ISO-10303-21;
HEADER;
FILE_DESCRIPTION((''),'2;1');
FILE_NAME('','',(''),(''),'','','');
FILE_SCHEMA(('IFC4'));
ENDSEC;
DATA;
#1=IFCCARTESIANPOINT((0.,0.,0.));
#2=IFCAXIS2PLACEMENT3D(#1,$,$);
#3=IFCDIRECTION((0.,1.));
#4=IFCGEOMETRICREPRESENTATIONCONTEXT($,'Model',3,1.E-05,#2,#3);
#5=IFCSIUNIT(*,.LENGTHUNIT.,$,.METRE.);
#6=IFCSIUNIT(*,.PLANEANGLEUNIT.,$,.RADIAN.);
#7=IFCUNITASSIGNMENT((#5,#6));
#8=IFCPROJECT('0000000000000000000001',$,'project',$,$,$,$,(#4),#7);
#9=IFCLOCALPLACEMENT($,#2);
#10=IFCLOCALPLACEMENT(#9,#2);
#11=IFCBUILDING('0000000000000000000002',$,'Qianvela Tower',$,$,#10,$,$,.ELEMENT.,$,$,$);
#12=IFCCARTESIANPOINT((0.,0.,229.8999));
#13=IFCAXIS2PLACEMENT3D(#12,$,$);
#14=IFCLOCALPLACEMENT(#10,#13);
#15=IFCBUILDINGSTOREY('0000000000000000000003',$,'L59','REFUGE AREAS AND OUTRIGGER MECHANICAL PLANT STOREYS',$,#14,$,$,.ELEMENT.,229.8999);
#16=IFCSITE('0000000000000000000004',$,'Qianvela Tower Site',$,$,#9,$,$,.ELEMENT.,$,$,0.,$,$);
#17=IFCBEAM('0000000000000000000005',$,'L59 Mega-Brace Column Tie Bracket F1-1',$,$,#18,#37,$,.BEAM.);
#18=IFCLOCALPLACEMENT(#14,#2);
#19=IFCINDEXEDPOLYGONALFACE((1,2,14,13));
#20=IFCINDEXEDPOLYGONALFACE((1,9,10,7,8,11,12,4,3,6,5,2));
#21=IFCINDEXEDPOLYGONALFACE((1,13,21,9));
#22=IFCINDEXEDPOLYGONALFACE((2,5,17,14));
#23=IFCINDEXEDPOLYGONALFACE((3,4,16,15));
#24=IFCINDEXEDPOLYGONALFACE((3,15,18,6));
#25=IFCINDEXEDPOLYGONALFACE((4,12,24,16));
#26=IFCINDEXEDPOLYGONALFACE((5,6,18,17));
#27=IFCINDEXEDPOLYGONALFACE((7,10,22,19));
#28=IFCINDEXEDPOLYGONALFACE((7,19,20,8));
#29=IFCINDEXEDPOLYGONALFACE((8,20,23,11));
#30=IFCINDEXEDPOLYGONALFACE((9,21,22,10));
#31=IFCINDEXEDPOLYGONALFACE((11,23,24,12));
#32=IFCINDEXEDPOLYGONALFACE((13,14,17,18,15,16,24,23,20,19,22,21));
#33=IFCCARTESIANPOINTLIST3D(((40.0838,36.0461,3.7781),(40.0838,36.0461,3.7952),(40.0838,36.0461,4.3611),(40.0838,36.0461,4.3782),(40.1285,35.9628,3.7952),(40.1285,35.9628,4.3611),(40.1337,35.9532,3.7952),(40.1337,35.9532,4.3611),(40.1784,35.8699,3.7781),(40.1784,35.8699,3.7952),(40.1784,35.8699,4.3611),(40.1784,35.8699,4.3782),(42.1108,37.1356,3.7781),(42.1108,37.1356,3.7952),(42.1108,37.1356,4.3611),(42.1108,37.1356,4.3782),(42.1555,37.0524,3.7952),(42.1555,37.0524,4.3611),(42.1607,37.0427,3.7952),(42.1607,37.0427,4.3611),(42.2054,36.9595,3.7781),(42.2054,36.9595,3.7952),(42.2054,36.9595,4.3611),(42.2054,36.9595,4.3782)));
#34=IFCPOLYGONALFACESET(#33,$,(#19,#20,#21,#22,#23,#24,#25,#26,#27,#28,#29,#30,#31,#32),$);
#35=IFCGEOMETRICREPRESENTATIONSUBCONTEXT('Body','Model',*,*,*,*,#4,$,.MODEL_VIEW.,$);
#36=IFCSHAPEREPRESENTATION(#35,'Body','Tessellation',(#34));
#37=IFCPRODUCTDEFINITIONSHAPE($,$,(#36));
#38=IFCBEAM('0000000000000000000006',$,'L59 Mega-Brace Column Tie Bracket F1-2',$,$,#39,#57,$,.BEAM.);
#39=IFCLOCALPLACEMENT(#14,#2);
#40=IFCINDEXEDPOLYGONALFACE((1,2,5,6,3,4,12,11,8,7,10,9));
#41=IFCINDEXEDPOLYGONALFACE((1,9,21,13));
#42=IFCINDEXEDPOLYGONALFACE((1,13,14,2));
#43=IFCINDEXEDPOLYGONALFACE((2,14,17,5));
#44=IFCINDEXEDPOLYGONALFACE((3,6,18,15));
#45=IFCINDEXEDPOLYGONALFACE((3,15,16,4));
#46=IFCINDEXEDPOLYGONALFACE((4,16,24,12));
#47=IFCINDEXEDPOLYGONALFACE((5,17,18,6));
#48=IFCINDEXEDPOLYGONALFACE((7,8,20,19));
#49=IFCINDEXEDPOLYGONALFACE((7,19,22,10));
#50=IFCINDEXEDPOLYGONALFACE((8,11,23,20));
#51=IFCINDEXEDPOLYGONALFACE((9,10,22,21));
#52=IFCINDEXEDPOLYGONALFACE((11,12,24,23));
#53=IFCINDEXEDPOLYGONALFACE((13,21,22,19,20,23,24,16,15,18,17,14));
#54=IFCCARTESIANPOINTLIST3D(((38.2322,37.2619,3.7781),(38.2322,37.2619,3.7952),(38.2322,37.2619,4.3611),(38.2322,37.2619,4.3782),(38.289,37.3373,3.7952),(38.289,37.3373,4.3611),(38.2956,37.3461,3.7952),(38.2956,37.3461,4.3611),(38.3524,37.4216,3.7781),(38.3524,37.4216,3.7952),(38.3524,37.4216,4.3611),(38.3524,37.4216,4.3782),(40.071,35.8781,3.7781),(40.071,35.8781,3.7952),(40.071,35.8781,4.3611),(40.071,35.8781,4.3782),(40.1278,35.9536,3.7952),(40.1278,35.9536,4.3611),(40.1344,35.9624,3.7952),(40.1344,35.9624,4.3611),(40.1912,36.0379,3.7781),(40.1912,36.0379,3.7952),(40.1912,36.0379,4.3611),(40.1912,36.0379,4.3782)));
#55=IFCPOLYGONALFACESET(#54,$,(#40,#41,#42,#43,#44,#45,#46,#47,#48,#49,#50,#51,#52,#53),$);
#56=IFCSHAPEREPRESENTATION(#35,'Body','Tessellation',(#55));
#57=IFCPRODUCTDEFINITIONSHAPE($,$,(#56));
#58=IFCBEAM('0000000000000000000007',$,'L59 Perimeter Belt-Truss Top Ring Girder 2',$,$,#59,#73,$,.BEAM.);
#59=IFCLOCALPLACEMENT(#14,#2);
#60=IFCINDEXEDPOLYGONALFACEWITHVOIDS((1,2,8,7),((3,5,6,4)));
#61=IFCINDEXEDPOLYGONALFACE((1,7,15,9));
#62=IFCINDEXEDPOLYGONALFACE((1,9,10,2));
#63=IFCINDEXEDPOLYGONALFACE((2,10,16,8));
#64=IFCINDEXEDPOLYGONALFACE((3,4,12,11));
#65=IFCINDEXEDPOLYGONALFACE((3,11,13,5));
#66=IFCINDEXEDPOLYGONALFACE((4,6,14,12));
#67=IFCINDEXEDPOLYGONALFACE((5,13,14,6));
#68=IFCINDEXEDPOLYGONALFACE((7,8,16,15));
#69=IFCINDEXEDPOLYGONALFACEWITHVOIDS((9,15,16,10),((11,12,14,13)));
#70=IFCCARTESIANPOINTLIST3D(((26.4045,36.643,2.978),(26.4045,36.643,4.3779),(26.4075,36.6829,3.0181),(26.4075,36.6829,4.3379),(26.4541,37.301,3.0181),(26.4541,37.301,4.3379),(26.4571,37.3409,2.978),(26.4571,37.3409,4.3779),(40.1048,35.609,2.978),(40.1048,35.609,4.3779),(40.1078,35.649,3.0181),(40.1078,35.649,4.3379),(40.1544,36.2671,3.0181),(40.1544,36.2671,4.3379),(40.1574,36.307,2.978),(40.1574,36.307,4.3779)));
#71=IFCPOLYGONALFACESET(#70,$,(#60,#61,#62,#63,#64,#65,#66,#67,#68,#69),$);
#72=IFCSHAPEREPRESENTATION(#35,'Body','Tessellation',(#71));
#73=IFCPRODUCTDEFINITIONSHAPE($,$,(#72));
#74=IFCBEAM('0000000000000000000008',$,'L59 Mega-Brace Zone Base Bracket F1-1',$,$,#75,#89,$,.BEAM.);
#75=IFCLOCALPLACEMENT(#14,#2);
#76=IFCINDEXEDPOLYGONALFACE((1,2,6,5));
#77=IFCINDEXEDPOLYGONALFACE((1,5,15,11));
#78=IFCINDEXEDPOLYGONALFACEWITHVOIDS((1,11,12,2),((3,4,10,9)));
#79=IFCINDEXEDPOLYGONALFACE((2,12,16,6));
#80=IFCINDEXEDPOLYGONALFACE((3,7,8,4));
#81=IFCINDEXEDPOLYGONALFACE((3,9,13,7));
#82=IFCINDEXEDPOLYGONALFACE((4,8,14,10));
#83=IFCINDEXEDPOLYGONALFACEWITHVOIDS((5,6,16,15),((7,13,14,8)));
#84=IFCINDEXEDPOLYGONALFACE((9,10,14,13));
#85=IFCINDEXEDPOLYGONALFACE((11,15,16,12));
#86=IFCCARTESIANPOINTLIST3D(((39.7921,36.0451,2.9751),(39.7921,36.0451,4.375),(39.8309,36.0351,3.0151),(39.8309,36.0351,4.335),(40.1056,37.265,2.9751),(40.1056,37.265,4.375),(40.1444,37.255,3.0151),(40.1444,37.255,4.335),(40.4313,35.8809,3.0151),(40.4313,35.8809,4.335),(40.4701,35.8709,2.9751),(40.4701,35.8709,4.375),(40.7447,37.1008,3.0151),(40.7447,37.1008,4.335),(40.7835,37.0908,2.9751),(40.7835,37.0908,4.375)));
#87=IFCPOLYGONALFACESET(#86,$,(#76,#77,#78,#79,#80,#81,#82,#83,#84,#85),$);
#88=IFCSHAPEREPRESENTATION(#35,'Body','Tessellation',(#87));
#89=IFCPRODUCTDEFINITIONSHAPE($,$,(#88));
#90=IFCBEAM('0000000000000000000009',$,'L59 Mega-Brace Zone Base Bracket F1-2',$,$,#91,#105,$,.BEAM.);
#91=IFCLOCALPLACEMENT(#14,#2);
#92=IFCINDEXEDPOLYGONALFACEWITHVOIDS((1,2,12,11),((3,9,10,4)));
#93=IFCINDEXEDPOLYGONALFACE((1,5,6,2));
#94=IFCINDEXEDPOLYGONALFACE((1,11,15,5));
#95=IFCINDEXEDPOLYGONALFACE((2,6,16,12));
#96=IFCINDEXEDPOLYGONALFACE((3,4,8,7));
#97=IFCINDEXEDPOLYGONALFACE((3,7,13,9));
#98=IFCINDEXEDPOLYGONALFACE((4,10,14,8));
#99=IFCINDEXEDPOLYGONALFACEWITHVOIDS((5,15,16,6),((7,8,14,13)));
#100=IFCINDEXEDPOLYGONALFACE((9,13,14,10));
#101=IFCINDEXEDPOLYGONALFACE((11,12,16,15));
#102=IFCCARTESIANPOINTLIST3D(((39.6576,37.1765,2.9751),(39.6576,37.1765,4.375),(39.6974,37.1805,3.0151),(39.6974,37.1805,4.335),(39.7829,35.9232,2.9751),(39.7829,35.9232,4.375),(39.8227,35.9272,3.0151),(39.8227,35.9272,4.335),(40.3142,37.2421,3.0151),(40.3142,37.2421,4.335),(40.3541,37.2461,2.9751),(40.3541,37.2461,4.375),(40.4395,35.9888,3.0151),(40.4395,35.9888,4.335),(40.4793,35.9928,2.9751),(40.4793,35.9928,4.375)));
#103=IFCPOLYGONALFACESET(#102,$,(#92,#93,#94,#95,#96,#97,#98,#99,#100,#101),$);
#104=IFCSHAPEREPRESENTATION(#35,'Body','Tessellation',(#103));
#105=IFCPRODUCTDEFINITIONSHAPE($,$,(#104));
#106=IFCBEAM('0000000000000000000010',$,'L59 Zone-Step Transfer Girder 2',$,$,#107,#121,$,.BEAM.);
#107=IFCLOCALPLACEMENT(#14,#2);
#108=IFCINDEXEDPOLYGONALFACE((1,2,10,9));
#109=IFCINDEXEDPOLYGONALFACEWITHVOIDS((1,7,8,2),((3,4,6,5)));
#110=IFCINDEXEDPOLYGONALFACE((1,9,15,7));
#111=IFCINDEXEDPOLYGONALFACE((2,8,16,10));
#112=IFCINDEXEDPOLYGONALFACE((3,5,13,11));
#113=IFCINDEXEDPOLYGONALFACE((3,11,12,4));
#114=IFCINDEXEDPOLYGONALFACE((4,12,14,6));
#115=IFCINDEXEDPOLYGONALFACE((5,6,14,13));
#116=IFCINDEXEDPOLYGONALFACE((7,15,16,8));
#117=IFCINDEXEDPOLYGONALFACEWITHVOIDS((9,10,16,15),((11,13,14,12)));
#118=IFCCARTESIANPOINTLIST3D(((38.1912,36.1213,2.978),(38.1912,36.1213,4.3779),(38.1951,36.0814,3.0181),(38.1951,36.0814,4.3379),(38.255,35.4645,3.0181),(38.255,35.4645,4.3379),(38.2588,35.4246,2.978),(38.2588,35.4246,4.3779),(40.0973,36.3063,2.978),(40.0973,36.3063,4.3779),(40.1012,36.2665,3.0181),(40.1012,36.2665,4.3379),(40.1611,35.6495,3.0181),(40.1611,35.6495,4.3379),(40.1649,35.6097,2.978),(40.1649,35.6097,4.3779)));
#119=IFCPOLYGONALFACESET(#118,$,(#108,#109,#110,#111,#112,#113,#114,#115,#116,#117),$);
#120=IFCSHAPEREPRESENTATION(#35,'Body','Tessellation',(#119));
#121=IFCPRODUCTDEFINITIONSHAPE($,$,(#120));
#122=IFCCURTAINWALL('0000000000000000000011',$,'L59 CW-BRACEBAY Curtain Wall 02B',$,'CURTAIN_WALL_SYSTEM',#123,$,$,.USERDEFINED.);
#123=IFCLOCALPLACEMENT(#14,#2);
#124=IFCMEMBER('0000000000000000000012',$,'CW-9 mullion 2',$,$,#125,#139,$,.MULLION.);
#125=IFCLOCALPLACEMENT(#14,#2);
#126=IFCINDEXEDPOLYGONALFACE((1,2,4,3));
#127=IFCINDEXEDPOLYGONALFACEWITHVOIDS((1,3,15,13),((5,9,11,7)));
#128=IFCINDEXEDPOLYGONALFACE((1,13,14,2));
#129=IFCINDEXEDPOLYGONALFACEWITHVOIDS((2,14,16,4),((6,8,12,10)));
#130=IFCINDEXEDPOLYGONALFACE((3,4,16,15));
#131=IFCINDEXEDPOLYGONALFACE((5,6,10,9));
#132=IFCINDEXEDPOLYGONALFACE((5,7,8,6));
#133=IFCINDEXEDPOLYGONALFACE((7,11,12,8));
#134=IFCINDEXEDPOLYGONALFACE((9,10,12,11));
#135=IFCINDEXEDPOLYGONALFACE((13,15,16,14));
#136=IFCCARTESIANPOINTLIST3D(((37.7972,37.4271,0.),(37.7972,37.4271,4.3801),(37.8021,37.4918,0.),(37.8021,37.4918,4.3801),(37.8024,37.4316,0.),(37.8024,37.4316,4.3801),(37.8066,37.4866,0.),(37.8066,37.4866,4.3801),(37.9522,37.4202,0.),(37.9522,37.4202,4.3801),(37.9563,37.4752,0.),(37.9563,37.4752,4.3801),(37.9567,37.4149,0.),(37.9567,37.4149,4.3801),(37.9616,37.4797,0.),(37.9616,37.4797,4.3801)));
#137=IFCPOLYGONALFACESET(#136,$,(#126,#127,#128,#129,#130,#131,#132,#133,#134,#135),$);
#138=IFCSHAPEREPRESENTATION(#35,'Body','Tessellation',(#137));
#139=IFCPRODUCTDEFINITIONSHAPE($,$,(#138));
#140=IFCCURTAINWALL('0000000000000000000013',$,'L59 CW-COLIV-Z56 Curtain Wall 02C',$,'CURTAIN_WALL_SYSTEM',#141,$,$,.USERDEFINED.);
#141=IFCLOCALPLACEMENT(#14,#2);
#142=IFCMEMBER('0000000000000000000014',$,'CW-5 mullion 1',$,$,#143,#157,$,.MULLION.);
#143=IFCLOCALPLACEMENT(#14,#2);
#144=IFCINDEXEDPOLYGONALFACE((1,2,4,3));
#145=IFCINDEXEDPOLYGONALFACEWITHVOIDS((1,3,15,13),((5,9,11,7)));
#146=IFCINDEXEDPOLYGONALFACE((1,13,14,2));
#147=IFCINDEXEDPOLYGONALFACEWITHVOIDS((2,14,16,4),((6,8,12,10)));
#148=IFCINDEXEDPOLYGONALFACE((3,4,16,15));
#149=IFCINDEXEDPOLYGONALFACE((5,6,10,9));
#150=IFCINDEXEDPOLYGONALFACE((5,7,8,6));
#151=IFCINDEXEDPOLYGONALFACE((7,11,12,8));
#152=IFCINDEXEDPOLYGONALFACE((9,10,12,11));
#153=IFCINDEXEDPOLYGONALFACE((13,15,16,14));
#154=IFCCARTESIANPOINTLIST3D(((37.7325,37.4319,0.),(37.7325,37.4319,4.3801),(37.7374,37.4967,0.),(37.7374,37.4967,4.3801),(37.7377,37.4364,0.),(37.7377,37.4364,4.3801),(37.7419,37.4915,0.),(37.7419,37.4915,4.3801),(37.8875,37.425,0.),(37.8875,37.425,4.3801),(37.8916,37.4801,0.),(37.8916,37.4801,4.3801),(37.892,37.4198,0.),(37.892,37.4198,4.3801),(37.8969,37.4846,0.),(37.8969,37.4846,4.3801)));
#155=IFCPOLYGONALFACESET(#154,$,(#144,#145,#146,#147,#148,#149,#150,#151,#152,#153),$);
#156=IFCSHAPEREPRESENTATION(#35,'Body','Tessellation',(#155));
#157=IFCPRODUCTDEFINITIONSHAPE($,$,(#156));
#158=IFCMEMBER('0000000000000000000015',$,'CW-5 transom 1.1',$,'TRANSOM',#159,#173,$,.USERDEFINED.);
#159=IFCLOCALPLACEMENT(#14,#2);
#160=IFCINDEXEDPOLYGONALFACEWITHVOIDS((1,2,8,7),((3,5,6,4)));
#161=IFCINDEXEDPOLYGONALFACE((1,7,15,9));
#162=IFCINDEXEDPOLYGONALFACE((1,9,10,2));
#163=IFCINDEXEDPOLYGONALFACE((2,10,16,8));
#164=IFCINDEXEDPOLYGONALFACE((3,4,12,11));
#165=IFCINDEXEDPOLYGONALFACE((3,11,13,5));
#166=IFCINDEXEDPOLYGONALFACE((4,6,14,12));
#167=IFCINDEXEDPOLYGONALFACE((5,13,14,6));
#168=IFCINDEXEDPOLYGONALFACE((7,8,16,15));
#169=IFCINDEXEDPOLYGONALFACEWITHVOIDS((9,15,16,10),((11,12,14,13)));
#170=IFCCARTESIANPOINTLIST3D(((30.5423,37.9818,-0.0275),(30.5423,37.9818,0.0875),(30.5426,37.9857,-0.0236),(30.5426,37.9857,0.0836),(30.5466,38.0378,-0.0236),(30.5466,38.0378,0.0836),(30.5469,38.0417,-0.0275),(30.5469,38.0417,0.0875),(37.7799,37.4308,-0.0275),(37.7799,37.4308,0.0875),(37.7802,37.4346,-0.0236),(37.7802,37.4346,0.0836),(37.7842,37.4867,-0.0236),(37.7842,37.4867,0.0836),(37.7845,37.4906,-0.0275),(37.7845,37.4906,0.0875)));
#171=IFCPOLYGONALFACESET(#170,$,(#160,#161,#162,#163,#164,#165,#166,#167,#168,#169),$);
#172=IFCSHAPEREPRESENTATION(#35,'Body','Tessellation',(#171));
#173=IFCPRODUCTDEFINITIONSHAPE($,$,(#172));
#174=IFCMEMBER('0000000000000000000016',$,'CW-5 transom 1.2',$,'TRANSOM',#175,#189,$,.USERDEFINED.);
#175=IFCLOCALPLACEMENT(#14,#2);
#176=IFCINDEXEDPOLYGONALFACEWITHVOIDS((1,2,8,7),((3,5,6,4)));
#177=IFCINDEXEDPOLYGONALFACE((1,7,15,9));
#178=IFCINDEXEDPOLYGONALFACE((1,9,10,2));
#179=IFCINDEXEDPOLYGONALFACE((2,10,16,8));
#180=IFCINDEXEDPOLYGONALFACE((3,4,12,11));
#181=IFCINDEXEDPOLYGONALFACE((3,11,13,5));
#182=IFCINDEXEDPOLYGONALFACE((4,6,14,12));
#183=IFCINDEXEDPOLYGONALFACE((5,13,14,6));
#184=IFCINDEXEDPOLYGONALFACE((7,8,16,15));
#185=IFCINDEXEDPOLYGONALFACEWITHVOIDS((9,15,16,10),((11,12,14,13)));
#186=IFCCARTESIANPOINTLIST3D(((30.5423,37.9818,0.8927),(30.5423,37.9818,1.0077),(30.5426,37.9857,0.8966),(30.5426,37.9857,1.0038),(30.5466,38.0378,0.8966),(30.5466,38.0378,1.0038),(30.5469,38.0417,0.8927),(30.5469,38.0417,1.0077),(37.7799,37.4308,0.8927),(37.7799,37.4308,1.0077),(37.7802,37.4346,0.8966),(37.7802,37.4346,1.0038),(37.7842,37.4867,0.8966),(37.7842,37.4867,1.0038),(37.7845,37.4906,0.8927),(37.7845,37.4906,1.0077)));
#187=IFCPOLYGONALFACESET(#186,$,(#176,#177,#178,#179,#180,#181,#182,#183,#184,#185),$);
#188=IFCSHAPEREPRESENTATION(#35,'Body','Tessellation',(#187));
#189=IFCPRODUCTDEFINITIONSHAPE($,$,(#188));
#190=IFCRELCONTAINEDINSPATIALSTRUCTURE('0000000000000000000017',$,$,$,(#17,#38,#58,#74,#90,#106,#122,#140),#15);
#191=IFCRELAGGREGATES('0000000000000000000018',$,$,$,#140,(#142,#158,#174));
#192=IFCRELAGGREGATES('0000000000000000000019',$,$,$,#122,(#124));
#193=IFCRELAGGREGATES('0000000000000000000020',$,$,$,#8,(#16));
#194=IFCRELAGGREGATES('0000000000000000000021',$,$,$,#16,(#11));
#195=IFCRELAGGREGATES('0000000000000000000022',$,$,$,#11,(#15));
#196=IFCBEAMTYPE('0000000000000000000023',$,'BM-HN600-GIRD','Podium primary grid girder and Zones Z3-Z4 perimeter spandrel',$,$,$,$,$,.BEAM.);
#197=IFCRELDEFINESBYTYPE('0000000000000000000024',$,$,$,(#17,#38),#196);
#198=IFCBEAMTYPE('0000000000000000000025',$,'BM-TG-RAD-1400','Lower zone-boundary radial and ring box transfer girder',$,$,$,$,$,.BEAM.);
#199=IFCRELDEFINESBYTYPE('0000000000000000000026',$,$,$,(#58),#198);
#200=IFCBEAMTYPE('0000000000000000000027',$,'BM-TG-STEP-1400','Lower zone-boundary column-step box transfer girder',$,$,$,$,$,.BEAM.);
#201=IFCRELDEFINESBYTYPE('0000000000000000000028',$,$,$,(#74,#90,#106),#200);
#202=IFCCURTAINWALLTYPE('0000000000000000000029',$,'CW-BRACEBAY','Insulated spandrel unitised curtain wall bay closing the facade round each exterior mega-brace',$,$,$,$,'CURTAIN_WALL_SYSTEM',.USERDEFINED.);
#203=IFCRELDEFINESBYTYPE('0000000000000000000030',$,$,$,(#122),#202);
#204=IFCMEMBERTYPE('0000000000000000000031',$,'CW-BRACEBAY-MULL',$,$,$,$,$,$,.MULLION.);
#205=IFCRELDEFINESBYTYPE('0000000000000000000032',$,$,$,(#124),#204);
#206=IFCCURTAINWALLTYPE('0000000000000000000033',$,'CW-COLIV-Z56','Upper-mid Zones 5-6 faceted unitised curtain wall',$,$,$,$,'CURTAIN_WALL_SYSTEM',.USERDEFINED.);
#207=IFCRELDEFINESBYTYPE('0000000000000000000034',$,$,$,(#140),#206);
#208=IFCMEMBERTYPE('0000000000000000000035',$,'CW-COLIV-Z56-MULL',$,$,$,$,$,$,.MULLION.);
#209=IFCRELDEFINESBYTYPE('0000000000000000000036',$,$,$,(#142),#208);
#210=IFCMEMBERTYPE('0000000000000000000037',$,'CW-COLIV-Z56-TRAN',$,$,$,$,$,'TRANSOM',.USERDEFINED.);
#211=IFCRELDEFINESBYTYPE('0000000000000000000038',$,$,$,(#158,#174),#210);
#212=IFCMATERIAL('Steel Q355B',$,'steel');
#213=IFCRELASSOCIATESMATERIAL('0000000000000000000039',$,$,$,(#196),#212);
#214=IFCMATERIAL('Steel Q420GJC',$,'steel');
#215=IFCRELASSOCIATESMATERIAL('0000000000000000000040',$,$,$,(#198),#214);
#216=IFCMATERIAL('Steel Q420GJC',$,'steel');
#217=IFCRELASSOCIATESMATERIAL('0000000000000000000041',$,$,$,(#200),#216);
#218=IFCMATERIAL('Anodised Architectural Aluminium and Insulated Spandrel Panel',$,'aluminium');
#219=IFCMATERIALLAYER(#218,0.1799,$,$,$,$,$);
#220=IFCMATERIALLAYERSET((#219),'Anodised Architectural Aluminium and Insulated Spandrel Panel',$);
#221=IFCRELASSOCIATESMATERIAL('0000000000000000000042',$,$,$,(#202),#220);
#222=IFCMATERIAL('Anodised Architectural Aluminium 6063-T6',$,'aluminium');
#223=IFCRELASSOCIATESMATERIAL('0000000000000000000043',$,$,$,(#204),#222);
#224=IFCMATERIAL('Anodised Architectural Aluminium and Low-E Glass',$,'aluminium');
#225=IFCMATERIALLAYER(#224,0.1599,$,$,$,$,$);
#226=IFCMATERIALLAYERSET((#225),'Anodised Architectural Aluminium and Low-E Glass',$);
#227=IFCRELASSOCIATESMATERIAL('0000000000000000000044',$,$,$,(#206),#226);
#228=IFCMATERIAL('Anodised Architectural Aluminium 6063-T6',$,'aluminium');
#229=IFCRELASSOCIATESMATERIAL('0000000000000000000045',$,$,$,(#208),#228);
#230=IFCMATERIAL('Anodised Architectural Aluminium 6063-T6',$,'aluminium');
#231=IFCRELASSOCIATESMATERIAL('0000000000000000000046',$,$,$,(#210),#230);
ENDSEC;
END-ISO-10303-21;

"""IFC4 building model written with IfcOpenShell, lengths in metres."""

from ifc_helpers import new_model, si_unit, direction, frame, origin, origin_2d, place, context, subcontext, project, spatial, hollow_rectangle, i_section, extrude, material, layer, layer_set, material_profile, profile_set, type_object, element, aggregate, save


model = new_model("IFC4")

# Units and contexts
model_context = context("Model", 3, precision=1e-05, world=origin(), true_north=direction((0.0, 1.0)))
body_context = subcontext(model_context, "Body", "Model", "MODEL_VIEW")
ifc_project = project(units=[si_unit("LENGTHUNIT", "METRE"), si_unit("PLANEANGLEUNIT", "RADIAN")], contexts=[model_context])

# Site, building, storey
site_placement = place(None, origin())
site = spatial("IfcSite", under=ifc_project, at=site_placement, Name="Qianvela Tower Site", CompositionType="ELEMENT", RefElevation=0.0)
building_placement = place(site_placement, origin())
building = spatial("IfcBuilding", under=site, at=building_placement, Name="Qianvela Tower", CompositionType="ELEMENT")
storey_placement = place(building_placement, frame((0.0, 0.0, 229.8999)))
storey = spatial("IfcBuildingStorey", under=building, at=storey_placement, Name="L59", Description="REFUGE AREAS AND OUTRIGGER MECHANICAL PLANT STOREYS", CompositionType="ELEMENT", Elevation=229.8999)

# Beams
ifc_material_1 = material(Name="Steel Q355B", Category="steel")
ifc_material_profile_1 = material_profile(ifc_material_1, i_section(OverallWidth=0.2, OverallDepth=0.6001, WebThickness=0.011, FlangeThickness=0.0171, at=origin_2d()), Name="HN600x200x11x17")
ifc_profile_set_1 = profile_set([ifc_material_profile_1], Name="Steel Q355B")
beam_type_1 = type_object("IfcBeamType", Name="BM-HN600-GIRD", Description="Podium primary grid girder and Zones Z3-Z4 perimeter spandrel", PredefinedType="BEAM", material=ifc_profile_set_1)
for number, where, z_axis, x_axis, name in (
    (1, (40.1311, 35.958, 4.0781), (0.880818, 0.473454, 0.0), (-0.473454, 0.880818, 0.0), "L59 Mega-Brace Column Tie Bracket F1-1"),
    (2, (40.1311, 35.958, 4.0781), (-0.799031, 0.601289, 0.0), (-0.601289, -0.799031, 0.0), "L59 Mega-Brace Column Tie Bracket F1-2"),
):
    element("IfcBeam", number, at=place(storey_placement, frame(where, z_axis=z_axis, x_axis=x_axis)), inside=storey, type_object=beam_type_1, Name=name, PredefinedType="BEAM", context=body_context, shape_type="SweptSolid", body=[
        extrude(i_section(OverallWidth=0.2, OverallDepth=0.6001, WebThickness=0.011, FlangeThickness=0.0171, at=origin_2d()), origin(), (0.0, 0.0, 1.0), 2.3013),
    ])
ifc_material_2 = material(Name="Steel Q420GJC", Category="steel")
ifc_material_profile_2 = material_profile(ifc_material_2, hollow_rectangle(XDim=0.7, YDim=1.3999, WallThickness=0.04, at=origin_2d()), Name="TG-BOX-1400x700x40")
ifc_profile_set_2 = profile_set([ifc_material_profile_2], Name="Steel Q420GJC")
beam_type_2 = type_object("IfcBeamType", Name="BM-TG-RAD-1400", Description="Lower zone-boundary radial and ring box transfer girder", PredefinedType="BEAM", material=ifc_profile_set_2)
beam_1_placement = place(storey_placement, frame((40.1311, 35.958, 3.678), z_axis=(-0.997164, 0.075255, 0.0), x_axis=(-0.075255, -0.997164, 0.0)))
element("IfcBeam", 3, at=beam_1_placement, inside=storey, type_object=beam_type_2, Name="L59 Perimeter Belt-Truss Top Ring Girder 2", PredefinedType="BEAM", context=body_context, shape_type="SweptSolid", body=[
    extrude(hollow_rectangle(XDim=0.7, YDim=1.3999, WallThickness=0.04, at=origin_2d()), origin(), (0.0, 0.0, 1.0), 13.7393),
])
ifc_material_3 = material(Name="Steel Q420GJC", Category="steel")
ifc_material_profile_3 = material_profile(ifc_material_3, hollow_rectangle(XDim=0.7, YDim=1.3999, WallThickness=0.04, at=origin_2d()), Name="TG-BOX-1400x700x40")
ifc_profile_set_3 = profile_set([ifc_material_profile_3], Name="Steel Q420GJC")
beam_type_3 = type_object("IfcBeamType", Name="BM-TG-STEP-1400", Description="Lower zone-boundary column-step box transfer girder", PredefinedType="BEAM", material=ifc_profile_set_3)
for number, where, z_axis, x_axis, name in (
    (4, (40.1311, 35.958, 3.675), (0.24887, 0.968537, 0.0), (-0.968537, 0.24887, 0.0), "L59 Mega-Brace Zone Base Bracket F1-1"),
    (5, (40.1311, 35.958, 3.675), (-0.099446, 0.995043, 0.0), (-0.995043, -0.099446, 0.0), "L59 Mega-Brace Zone Base Bracket F1-2"),
):
    element("IfcBeam", number, at=place(storey_placement, frame(where, z_axis=z_axis, x_axis=x_axis)), inside=storey, type_object=beam_type_3, Name=name, PredefinedType="BEAM", context=body_context, shape_type="SweptSolid", body=[
        extrude(hollow_rectangle(XDim=0.7, YDim=1.3999, WallThickness=0.04, at=origin_2d()), origin(), (0.0, 0.0, 1.0), 1.2595),
    ])
beam_2_placement = place(storey_placement, frame((40.1311, 35.958, 3.678), z_axis=(-0.99532, -0.096638, 0.0), x_axis=(0.096638, -0.99532, 0.0)))
element("IfcBeam", 6, at=beam_2_placement, inside=storey, type_object=beam_type_3, Name="L59 Zone-Step Transfer Girder 2", PredefinedType="BEAM", context=body_context, shape_type="SweptSolid", body=[
    extrude(hollow_rectangle(XDim=0.7, YDim=1.3999, WallThickness=0.04, at=origin_2d()), origin(), (0.0, 0.0, 1.0), 1.915),
])

# Curtain wall, member
ifc_material_4 = material(Name="Anodised Architectural Aluminium and Insulated Spandrel Panel", Category="aluminium")
ifc_layer_1 = layer(ifc_material_4, 0.1799)
ifc_layer_set_1 = layer_set([ifc_layer_1], Name="Anodised Architectural Aluminium and Insulated Spandrel Panel")
curtain_wall_type_1 = type_object("IfcCurtainWallType", Name="CW-BRACEBAY", Description="Insulated spandrel unitised curtain wall bay closing the facade round each exterior mega-brace", ElementType="CURTAIN_WALL_SYSTEM", PredefinedType="USERDEFINED", material=ifc_layer_set_1)
curtain_wall_1_placement = place(storey_placement, origin())
curtain_wall_1 = element("IfcCurtainWall", 7, at=curtain_wall_1_placement, inside=storey, type_object=curtain_wall_type_1, Name="L59 CW-BRACEBAY Curtain Wall 02B", ObjectType="CURTAIN_WALL_SYSTEM", PredefinedType="USERDEFINED")
ifc_material_5 = material(Name="Anodised Architectural Aluminium 6063-T6", Category="aluminium")
ifc_material_profile_4 = material_profile(ifc_material_5, hollow_rectangle(XDim=0.0649, YDim=0.1599, WallThickness=0.0049, at=origin_2d()), Name="ALU-MULL-65x160")
ifc_profile_set_4 = profile_set([ifc_material_profile_4], Name="Anodised Architectural Aluminium 6063-T6")
member_type_1 = type_object("IfcMemberType", Name="CW-BRACEBAY-MULL", PredefinedType="MULLION", material=ifc_profile_set_4)
member_1_placement = place(storey_placement, frame((37.8794, 37.4534, 0.0), z_axis=(0.0, 0.0, 1.0), x_axis=(-0.0759, -0.997115, 0.0)))
member_1 = element("IfcMember", 8, at=member_1_placement, type_object=member_type_1, Name="CW-9 mullion 2", PredefinedType="MULLION", context=body_context, shape_type="SweptSolid", body=[
    extrude(hollow_rectangle(XDim=0.0649, YDim=0.1599, WallThickness=0.0049, at=origin_2d()), origin(), (0.0, 0.0, 1.0), 4.3801),
])

# Curtain wall, members
ifc_material_6 = material(Name="Anodised Architectural Aluminium and Low-E Glass", Category="aluminium")
ifc_layer_2 = layer(ifc_material_6, 0.1599)
ifc_layer_set_2 = layer_set([ifc_layer_2], Name="Anodised Architectural Aluminium and Low-E Glass")
curtain_wall_type_2 = type_object("IfcCurtainWallType", Name="CW-COLIV-Z56", Description="Upper-mid Zones 5-6 faceted unitised curtain wall", ElementType="CURTAIN_WALL_SYSTEM", PredefinedType="USERDEFINED", material=ifc_layer_set_2)
curtain_wall_2_placement = place(storey_placement, origin())
curtain_wall_2 = element("IfcCurtainWall", 9, at=curtain_wall_2_placement, inside=storey, type_object=curtain_wall_type_2, Name="L59 CW-COLIV-Z56 Curtain Wall 02C", ObjectType="CURTAIN_WALL_SYSTEM", PredefinedType="USERDEFINED")
ifc_material_7 = material(Name="Anodised Architectural Aluminium 6063-T6", Category="aluminium")
ifc_material_profile_5 = material_profile(ifc_material_7, hollow_rectangle(XDim=0.0649, YDim=0.1599, WallThickness=0.0049, at=origin_2d()), Name="ALU-MULL-65x160")
ifc_profile_set_5 = profile_set([ifc_material_profile_5], Name="Anodised Architectural Aluminium 6063-T6")
member_type_2 = type_object("IfcMemberType", Name="CW-COLIV-Z56-MULL", PredefinedType="MULLION", material=ifc_profile_set_5)
member_2_placement = place(storey_placement, frame((37.8147, 37.4583, 0.0), z_axis=(0.0, 0.0, 1.0), x_axis=(-0.075903, -0.997115, 0.0)))
member_2 = element("IfcMember", 10, at=member_2_placement, type_object=member_type_2, Name="CW-5 mullion 1", PredefinedType="MULLION", context=body_context, shape_type="SweptSolid", body=[
    extrude(hollow_rectangle(XDim=0.0649, YDim=0.1599, WallThickness=0.0049, at=origin_2d()), origin(), (0.0, 0.0, 1.0), 4.3801),
])
ifc_material_8 = material(Name="Anodised Architectural Aluminium 6063-T6", Category="aluminium")
ifc_material_profile_6 = material_profile(ifc_material_8, hollow_rectangle(XDim=0.0601, YDim=0.115, WallThickness=0.0039, at=origin_2d()), Name="ALU-TRAN-60x115")
ifc_profile_set_6 = profile_set([ifc_material_profile_6], Name="Anodised Architectural Aluminium 6063-T6")
member_type_3 = type_object("IfcMemberType", Name="CW-COLIV-Z56-TRAN", ElementType="TRANSOM", PredefinedType="USERDEFINED", material=ifc_profile_set_6)
member_3_placement = place(storey_placement, frame((37.7822, 37.4607, 0.03), z_axis=(-0.997114, 0.075915, 0.0), x_axis=(-0.075915, -0.997114, 0.0)))
member_3 = element("IfcMember", 11, at=member_3_placement, type_object=member_type_3, Name="CW-5 transom 1.1", ObjectType="TRANSOM", PredefinedType="USERDEFINED", context=body_context, shape_type="SweptSolid", body=[
    extrude(hollow_rectangle(XDim=0.0601, YDim=0.115, WallThickness=0.0039, at=origin_2d()), origin(), (0.0, 0.0, 1.0), 7.2585),
])
member_4_placement = place(storey_placement, frame((37.7822, 37.4607, 0.9502), z_axis=(-0.997114, 0.075915, 0.0), x_axis=(-0.075915, -0.997114, 0.0)))
member_4 = element("IfcMember", 12, at=member_4_placement, type_object=member_type_3, Name="CW-5 transom 1.2", ObjectType="TRANSOM", PredefinedType="USERDEFINED", context=body_context, shape_type="SweptSolid", body=[
    extrude(hollow_rectangle(XDim=0.0601, YDim=0.115, WallThickness=0.0039, at=origin_2d()), origin(), (0.0, 0.0, 1.0), 7.2585),
])
aggregate(curtain_wall_2, [member_2, member_3, member_4])

aggregate(curtain_wall_1, [member_1])

save(model, "model.ifc")
